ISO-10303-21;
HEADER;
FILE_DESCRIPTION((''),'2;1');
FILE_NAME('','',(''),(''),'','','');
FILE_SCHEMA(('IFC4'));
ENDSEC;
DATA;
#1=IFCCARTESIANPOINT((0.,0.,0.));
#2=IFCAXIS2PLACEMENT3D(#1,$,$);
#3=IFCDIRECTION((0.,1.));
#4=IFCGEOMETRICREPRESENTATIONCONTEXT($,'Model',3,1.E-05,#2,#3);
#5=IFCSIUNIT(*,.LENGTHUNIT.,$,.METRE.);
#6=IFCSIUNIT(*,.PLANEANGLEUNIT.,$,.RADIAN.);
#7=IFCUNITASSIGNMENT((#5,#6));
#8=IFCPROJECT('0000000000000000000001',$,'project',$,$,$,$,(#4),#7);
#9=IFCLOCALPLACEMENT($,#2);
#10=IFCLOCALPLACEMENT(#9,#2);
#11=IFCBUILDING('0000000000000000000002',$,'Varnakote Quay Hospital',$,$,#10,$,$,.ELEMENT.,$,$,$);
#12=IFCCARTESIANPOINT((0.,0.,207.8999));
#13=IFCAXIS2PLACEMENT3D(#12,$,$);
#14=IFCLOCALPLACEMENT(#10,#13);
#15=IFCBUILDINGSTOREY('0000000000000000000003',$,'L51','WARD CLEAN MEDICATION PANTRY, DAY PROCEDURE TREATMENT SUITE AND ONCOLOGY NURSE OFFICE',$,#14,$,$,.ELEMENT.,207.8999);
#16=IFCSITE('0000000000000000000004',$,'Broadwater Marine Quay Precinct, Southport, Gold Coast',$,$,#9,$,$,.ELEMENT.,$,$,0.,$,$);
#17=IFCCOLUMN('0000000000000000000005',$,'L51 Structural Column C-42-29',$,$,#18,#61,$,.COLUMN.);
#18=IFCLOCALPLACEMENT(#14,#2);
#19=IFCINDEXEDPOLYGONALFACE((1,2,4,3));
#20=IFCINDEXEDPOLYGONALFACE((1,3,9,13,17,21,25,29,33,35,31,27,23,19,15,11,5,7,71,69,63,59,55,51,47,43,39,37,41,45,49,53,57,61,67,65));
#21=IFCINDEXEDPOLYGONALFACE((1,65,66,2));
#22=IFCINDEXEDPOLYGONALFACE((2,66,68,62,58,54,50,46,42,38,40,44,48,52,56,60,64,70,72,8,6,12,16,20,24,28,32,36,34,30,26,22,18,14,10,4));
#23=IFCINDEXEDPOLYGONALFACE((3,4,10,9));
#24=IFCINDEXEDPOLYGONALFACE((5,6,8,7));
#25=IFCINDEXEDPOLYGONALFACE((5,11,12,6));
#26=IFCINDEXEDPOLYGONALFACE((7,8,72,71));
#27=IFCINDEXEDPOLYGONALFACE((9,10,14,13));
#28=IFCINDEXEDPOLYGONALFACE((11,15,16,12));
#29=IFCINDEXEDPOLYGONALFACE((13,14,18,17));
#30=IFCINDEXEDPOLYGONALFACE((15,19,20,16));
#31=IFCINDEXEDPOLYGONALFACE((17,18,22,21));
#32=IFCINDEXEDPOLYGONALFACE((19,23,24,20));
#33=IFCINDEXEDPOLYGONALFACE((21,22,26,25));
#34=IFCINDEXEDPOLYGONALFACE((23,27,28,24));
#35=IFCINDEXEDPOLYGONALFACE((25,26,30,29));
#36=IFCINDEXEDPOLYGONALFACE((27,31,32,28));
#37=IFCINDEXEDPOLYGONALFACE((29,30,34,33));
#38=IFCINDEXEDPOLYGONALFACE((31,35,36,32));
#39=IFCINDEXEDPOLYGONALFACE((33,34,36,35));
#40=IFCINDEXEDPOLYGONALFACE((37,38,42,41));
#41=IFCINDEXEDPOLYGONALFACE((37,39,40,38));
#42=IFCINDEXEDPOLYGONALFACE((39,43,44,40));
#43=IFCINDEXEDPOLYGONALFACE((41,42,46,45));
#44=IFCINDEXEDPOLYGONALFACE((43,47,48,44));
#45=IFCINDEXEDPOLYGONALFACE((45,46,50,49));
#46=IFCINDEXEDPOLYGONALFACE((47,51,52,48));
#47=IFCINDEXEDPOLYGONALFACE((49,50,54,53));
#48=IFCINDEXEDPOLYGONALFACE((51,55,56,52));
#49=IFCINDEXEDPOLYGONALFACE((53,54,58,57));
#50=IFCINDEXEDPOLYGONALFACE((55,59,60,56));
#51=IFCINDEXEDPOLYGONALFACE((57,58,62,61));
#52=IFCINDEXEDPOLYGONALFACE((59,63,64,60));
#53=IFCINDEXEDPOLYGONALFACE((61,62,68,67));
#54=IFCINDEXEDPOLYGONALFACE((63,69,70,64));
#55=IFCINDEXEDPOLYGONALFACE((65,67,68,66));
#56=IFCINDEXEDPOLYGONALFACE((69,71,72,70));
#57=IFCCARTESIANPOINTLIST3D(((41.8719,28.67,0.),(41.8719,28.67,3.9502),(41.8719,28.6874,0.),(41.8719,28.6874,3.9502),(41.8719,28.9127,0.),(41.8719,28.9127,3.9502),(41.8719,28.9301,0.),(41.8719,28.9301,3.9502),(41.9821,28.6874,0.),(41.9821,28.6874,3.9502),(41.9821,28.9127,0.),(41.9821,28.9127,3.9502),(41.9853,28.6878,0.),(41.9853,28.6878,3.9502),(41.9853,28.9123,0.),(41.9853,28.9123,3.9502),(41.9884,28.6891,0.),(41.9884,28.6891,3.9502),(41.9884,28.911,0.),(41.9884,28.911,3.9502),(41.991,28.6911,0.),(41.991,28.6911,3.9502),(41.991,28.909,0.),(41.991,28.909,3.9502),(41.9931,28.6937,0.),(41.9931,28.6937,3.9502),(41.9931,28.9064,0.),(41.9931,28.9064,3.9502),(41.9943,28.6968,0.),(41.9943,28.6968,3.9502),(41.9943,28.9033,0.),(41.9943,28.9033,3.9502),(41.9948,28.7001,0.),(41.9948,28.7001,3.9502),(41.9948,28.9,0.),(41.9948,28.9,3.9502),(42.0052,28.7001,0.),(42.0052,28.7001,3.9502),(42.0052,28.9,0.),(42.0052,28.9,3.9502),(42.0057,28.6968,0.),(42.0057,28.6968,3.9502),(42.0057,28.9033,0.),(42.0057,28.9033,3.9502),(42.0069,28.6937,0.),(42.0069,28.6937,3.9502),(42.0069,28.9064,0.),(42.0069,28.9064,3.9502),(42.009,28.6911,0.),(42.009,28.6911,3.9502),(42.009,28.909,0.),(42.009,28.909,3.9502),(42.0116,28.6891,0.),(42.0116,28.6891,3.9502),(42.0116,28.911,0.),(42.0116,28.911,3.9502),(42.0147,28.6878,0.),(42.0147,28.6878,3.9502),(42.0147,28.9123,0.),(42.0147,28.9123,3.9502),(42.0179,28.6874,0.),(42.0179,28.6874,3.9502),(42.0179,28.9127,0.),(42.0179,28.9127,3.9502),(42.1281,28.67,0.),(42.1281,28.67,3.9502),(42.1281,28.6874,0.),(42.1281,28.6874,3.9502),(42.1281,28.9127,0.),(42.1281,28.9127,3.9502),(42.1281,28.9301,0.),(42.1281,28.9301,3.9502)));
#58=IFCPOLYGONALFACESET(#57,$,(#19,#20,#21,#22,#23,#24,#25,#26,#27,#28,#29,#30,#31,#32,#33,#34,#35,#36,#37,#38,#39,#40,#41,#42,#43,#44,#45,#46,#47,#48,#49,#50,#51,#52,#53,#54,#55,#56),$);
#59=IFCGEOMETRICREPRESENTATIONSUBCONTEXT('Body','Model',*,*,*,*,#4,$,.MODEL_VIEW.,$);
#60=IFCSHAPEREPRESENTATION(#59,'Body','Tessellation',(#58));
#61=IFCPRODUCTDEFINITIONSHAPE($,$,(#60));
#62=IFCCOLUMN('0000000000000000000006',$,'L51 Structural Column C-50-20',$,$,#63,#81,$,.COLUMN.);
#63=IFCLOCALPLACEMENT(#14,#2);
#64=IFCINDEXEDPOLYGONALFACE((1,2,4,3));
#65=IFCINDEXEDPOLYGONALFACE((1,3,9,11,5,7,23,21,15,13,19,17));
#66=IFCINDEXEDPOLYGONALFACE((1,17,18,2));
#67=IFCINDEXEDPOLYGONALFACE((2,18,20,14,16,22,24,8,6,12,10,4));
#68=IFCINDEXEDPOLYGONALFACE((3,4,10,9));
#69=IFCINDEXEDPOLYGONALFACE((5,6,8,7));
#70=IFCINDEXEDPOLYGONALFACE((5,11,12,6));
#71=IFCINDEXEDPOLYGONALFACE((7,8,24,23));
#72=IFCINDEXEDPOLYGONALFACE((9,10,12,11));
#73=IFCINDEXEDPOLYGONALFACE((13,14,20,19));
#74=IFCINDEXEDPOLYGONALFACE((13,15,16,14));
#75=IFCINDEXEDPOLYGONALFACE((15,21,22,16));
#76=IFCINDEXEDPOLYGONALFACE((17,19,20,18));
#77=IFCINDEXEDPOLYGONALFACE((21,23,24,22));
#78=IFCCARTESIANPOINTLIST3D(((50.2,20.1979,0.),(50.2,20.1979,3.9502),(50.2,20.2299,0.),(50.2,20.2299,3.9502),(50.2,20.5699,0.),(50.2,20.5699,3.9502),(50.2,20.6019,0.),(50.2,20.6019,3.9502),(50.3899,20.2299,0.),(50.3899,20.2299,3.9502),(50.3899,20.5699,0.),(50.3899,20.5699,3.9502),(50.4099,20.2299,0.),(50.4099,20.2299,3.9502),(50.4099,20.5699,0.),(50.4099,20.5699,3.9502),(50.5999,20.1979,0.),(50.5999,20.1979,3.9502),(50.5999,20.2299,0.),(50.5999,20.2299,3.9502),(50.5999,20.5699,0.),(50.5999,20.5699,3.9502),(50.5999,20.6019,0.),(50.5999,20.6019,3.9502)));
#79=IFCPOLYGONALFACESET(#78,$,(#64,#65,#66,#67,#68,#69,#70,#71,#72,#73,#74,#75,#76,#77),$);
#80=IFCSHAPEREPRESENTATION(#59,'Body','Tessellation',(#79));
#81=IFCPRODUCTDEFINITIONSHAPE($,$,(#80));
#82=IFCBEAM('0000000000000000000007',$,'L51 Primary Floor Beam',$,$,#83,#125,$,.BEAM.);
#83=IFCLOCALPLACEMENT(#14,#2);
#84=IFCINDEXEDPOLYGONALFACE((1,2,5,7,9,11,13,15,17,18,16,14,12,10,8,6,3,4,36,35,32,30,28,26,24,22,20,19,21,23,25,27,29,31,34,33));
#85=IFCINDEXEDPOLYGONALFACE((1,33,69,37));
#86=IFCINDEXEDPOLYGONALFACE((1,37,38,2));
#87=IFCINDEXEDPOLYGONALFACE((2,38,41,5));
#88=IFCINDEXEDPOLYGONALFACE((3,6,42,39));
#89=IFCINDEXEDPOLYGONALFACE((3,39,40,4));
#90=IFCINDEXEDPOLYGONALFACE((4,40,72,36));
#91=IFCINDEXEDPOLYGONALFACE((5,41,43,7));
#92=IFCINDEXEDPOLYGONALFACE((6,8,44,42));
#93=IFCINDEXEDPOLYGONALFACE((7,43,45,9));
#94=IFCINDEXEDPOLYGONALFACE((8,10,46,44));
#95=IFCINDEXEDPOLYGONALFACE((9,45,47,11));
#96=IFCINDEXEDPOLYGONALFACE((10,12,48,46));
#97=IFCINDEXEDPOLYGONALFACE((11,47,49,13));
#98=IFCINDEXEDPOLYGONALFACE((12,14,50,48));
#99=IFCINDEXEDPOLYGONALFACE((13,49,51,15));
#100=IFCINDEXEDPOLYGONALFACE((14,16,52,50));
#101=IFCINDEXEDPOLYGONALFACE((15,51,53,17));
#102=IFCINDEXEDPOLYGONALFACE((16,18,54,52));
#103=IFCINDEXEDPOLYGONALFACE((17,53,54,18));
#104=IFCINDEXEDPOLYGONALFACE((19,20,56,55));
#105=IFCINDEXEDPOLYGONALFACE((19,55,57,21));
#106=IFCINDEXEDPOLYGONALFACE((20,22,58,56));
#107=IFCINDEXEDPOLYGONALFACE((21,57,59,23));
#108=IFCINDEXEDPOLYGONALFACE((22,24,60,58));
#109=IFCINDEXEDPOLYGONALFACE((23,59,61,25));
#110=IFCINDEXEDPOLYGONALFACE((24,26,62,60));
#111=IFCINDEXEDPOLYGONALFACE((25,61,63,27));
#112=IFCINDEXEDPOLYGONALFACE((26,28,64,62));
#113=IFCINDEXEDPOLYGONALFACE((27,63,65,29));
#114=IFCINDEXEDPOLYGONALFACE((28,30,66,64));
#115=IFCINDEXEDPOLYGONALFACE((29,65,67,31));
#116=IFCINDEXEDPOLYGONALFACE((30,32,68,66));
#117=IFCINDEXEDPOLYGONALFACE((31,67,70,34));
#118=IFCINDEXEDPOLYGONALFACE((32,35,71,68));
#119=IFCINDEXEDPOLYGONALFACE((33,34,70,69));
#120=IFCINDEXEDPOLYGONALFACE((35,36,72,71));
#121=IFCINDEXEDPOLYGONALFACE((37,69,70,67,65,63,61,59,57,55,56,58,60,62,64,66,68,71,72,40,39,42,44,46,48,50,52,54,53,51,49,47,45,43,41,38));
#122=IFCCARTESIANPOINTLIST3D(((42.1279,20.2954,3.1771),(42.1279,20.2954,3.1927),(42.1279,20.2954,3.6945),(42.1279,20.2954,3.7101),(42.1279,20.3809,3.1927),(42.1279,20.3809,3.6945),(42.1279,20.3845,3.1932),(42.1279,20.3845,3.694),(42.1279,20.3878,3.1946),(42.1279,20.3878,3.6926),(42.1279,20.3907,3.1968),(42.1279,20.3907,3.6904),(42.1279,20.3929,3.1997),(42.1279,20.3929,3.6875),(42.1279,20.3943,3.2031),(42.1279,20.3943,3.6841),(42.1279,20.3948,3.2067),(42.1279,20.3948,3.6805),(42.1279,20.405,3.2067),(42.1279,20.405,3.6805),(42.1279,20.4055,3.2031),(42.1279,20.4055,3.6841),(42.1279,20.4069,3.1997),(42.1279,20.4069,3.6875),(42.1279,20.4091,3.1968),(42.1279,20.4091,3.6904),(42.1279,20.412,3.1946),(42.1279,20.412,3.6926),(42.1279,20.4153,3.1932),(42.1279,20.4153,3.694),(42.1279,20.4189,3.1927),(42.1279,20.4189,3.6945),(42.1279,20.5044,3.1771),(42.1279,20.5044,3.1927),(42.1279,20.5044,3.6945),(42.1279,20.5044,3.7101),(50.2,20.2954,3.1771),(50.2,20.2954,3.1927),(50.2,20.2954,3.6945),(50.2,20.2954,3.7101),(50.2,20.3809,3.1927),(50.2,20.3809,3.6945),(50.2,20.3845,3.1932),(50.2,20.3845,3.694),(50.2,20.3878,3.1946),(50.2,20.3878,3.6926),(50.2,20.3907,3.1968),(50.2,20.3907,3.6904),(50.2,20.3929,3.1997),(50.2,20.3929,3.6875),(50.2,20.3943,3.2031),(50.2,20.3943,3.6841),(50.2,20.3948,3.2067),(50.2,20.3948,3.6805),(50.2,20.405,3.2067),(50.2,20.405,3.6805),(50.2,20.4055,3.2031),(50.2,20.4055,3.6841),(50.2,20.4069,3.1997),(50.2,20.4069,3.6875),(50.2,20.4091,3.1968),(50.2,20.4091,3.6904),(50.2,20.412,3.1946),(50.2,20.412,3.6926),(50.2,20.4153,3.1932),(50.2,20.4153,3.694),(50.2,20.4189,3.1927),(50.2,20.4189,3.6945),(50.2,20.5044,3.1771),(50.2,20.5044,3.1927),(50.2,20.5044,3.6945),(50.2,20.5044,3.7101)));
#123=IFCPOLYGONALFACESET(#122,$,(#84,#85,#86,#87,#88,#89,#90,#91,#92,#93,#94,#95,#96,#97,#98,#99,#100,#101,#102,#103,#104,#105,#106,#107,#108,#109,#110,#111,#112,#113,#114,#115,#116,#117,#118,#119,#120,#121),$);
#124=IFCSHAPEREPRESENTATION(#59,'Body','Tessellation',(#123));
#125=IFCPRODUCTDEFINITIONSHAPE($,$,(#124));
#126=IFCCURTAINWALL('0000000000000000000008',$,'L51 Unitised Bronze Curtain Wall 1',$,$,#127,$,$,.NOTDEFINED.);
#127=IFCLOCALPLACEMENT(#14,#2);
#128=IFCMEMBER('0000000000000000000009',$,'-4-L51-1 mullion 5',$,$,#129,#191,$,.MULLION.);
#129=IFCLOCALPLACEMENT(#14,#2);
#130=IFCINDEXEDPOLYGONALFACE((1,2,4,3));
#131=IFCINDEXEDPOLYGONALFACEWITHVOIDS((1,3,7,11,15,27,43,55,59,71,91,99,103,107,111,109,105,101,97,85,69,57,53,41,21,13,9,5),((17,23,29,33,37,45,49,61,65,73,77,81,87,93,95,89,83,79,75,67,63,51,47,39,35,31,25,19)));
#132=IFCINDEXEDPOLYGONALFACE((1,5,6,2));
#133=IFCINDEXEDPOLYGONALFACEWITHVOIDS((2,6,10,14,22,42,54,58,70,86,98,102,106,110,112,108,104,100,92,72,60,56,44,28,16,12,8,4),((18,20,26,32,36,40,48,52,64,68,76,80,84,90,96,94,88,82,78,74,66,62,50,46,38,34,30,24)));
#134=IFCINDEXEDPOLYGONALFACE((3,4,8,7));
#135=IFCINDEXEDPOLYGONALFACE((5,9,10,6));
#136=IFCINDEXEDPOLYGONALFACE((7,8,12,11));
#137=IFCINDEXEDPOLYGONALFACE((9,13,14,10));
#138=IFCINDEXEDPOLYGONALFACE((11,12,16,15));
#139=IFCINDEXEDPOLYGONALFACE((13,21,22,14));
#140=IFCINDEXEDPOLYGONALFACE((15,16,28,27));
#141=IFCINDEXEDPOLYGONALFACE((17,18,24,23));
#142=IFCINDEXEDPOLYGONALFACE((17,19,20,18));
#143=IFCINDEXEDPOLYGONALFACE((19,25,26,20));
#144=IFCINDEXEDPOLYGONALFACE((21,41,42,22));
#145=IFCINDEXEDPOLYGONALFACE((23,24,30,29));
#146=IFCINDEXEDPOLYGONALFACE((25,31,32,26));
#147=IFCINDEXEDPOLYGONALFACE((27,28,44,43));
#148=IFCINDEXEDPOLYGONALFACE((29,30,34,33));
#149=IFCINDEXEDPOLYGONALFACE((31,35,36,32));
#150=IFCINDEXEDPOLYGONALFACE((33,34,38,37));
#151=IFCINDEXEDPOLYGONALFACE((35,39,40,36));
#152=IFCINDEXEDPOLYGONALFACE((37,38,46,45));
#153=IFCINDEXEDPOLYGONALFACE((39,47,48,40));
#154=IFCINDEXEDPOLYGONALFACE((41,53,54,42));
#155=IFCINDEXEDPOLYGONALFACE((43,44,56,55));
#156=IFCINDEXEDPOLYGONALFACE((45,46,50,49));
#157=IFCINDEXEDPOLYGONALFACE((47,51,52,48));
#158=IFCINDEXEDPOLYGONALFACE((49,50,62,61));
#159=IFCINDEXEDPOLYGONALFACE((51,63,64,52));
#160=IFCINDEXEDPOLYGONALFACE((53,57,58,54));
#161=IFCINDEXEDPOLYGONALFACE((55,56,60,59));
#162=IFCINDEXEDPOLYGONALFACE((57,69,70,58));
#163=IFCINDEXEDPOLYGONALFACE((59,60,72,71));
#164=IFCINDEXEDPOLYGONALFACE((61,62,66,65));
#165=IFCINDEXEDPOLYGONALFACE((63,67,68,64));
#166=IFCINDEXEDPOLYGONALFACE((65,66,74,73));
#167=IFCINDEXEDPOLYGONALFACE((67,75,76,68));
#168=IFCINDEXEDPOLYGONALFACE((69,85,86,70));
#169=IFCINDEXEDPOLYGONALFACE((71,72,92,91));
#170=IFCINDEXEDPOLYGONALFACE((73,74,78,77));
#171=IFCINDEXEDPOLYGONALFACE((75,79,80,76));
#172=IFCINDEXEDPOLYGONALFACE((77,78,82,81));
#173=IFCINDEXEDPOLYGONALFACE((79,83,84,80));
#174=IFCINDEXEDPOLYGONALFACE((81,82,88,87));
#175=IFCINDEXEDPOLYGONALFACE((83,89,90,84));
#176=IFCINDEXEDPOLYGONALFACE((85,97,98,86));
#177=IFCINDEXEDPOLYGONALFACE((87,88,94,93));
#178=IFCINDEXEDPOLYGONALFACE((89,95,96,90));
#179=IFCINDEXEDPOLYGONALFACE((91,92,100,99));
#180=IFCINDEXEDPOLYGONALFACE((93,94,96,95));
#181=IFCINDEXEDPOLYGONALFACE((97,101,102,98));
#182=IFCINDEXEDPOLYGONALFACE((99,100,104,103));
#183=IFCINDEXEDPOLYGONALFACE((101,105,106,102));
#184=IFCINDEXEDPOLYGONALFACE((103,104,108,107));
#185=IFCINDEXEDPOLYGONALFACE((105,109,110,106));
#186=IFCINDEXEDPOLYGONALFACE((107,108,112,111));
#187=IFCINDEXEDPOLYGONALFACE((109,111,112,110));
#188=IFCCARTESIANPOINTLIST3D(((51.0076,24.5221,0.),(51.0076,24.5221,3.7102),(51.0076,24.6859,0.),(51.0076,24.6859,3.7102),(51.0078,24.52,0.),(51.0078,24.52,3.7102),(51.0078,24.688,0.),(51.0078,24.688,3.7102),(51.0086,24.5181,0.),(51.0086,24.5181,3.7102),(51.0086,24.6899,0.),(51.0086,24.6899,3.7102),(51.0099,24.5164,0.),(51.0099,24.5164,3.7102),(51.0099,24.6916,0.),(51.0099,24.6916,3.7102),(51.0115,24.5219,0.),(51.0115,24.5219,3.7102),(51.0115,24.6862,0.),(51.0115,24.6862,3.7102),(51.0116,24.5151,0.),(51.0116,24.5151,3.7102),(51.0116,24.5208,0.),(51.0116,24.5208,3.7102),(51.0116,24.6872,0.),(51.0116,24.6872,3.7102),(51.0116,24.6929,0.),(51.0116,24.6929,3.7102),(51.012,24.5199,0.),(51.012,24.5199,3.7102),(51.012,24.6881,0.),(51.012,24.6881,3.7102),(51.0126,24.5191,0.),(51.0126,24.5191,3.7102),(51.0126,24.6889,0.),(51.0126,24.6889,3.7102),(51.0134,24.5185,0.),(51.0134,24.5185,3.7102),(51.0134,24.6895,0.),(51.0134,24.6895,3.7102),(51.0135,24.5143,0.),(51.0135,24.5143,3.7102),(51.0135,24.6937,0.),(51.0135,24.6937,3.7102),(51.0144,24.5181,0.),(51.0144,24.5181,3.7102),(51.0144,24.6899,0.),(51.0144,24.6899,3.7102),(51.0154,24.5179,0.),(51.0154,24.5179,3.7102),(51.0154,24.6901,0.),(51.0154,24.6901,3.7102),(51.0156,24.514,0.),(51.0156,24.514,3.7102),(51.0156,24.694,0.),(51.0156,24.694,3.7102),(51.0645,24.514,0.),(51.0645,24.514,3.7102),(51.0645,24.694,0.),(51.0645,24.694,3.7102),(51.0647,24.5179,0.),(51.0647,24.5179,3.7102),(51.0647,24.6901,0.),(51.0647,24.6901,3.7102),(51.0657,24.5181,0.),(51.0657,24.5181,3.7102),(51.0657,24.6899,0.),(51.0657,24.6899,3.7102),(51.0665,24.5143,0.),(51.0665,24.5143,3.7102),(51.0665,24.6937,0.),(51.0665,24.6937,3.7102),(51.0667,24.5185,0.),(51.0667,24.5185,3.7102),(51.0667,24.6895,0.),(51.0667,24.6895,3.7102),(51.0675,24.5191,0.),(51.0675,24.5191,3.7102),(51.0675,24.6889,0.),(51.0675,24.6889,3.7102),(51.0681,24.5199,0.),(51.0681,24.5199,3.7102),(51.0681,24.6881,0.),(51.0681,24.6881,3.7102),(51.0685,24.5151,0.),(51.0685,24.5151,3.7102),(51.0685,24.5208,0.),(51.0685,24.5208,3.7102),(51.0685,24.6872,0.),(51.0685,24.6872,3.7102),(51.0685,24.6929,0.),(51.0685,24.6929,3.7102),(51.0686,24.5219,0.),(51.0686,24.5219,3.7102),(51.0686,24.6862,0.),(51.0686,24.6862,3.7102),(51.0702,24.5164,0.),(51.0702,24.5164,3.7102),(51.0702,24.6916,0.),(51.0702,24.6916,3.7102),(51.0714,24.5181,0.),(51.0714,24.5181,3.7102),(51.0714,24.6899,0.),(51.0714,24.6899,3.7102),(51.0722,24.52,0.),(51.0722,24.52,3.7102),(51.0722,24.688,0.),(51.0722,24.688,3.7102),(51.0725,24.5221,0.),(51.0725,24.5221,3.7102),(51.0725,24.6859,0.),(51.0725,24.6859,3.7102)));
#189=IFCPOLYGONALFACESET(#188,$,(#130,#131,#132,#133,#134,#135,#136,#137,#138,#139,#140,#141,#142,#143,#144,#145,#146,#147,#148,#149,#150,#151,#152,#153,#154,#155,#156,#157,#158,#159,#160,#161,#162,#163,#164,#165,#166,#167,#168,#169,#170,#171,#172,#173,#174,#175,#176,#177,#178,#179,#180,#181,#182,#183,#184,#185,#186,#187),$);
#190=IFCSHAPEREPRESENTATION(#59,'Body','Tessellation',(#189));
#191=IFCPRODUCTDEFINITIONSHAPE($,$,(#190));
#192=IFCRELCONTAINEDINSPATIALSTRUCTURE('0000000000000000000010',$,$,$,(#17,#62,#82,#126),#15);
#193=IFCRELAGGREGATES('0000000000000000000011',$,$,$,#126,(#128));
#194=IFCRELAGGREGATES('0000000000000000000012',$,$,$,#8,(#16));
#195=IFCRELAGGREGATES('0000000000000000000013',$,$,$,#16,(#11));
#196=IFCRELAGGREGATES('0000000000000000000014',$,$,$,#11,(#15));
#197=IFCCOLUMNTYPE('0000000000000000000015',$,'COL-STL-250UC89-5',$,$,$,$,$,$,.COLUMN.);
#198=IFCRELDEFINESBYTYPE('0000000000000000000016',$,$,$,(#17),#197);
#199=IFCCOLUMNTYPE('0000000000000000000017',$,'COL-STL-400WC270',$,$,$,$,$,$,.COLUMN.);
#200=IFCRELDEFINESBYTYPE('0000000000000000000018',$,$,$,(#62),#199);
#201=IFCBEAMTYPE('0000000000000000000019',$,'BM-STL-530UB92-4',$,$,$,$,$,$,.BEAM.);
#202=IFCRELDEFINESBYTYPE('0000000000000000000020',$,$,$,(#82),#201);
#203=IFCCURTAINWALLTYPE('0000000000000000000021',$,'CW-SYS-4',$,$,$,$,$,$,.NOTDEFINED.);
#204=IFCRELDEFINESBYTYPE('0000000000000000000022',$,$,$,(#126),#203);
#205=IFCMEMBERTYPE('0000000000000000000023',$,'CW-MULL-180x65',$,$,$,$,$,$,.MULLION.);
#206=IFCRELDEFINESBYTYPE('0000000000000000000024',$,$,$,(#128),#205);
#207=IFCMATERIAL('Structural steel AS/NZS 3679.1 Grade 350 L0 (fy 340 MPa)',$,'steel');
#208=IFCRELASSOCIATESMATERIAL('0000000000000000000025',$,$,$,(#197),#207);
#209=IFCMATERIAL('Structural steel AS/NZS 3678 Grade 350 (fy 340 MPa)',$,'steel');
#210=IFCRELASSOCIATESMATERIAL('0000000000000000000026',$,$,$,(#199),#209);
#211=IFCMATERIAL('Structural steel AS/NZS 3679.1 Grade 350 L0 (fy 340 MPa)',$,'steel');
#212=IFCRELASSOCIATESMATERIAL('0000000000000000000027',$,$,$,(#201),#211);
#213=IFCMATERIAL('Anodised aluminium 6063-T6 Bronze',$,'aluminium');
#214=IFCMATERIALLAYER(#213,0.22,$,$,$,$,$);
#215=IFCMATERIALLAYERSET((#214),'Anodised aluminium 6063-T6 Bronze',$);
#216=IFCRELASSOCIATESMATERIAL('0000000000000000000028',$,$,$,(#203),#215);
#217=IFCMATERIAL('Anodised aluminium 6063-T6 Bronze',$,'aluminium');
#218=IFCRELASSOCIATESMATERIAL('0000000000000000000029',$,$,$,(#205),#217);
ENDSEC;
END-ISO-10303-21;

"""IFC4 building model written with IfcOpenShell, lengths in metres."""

from ifc_helpers import new_model, si_unit, direction, frame, origin, origin_2d, place, context, subcontext, project, spatial, hollow_rectangle, i_section, extrude, material, layer, layer_set, material_profile, profile_set, type_object, element, aggregate, save


model = new_model("IFC4")

# Units and contexts
model_context = context("Model", 3, precision=1e-05, world=origin(), true_north=direction((0.0, 1.0)))
body_context = subcontext(model_context, "Body", "Model", "MODEL_VIEW")
ifc_project = project(units=[si_unit("LENGTHUNIT", "METRE"), si_unit("PLANEANGLEUNIT", "RADIAN")], contexts=[model_context])

# Site, building, storey
site_placement = place(None, origin())
site = spatial("IfcSite", under=ifc_project, at=site_placement, Name="Broadwater Marine Quay Precinct, Southport, Gold Coast", CompositionType="ELEMENT", RefElevation=0.0)
building_placement = place(site_placement, origin())
building = spatial("IfcBuilding", under=site, at=building_placement, Name="Varnakote Quay Hospital", CompositionType="ELEMENT")
storey_placement = place(building_placement, frame((0.0, 0.0, 207.8999)))
storey = spatial("IfcBuildingStorey", under=building, at=storey_placement, Name="L51", Description="WARD CLEAN MEDICATION PANTRY, DAY PROCEDURE TREATMENT SUITE AND ONCOLOGY NURSE OFFICE", CompositionType="ELEMENT", Elevation=207.8999)

# Columns
ifc_material_1 = material(Name="Structural steel AS/NZS 3679.1 Grade 350 L0 (fy 340 MPa)", Category="steel")
ifc_material_profile_1 = material_profile(ifc_material_1, i_section(OverallWidth=0.2561, OverallDepth=0.26, WebThickness=0.0105, FlangeThickness=0.0173, FilletRadius=0.0127, at=origin_2d()), Name="250UC89.5")
ifc_profile_set_1 = profile_set([ifc_material_profile_1], Name="Structural steel AS/NZS 3679.1 Grade 350 L0 (fy 340 MPa)")
column_type_1 = type_object("IfcColumnType", Name="COL-STL-250UC89-5", PredefinedType="COLUMN", material=ifc_profile_set_1)
column_1_placement = place(storey_placement, frame((42.0, 28.8, 0.0), z_axis=(0.0, 0.0, 1.0), x_axis=(1.0, 0.0, 0.0)))
element("IfcColumn", 1, at=column_1_placement, inside=storey, type_object=column_type_1, Name="L51 Structural Column C-42-29", PredefinedType="COLUMN", context=body_context, shape_type="SweptSolid", body=[
    extrude(i_section(OverallWidth=0.2561, OverallDepth=0.26, WebThickness=0.0105, FlangeThickness=0.0173, FilletRadius=0.0127, at=origin_2d()), origin(), (0.0, 0.0, 1.0), 3.9502),
])
ifc_material_2 = material(Name="Structural steel AS/NZS 3678 Grade 350 (fy 340 MPa)", Category="steel")
ifc_material_profile_2 = material_profile(ifc_material_2, i_section(OverallWidth=0.3999, OverallDepth=0.4041, WebThickness=0.02, FlangeThickness=0.032, at=origin_2d()), Name="400WC270")
ifc_profile_set_2 = profile_set([ifc_material_profile_2], Name="Structural steel AS/NZS 3678 Grade 350 (fy 340 MPa)")
column_type_2 = type_object("IfcColumnType", Name="COL-STL-400WC270", PredefinedType="COLUMN", material=ifc_profile_set_2)
column_2_placement = place(storey_placement, frame((50.3999, 20.3999, 0.0), z_axis=(0.0, 0.0, 1.0), x_axis=(1.0, 0.0, 0.0)))
element("IfcColumn", 2, at=column_2_placement, inside=storey, type_object=column_type_2, Name="L51 Structural Column C-50-20", PredefinedType="COLUMN", context=body_context, shape_type="SweptSolid", body=[
    extrude(i_section(OverallWidth=0.3999, OverallDepth=0.4041, WebThickness=0.02, FlangeThickness=0.032, at=origin_2d()), origin(), (0.0, 0.0, 1.0), 3.9502),
])

# Beam
ifc_material_3 = material(Name="Structural steel AS/NZS 3679.1 Grade 350 L0 (fy 340 MPa)", Category="steel")
ifc_material_profile_3 = material_profile(ifc_material_3, i_section(OverallWidth=0.209, OverallDepth=0.533, WebThickness=0.0103, FlangeThickness=0.0156, FilletRadius=0.0139, at=origin_2d()), Name="530UB92.4")
ifc_profile_set_3 = profile_set([ifc_material_profile_3], Name="Structural steel AS/NZS 3679.1 Grade 350 L0 (fy 340 MPa)")
beam_type = type_object("IfcBeamType", Name="BM-STL-530UB92-4", PredefinedType="BEAM", material=ifc_profile_set_3)
beam_placement = place(storey_placement, frame((42.1279, 20.3999, 3.4436), z_axis=(1.0, 0.0, 0.0), x_axis=(0.0, 1.0, 0.0)))
element("IfcBeam", 3, at=beam_placement, inside=storey, type_object=beam_type, Name="L51 Primary Floor Beam", PredefinedType="BEAM", context=body_context, shape_type="SweptSolid", body=[
    extrude(i_section(OverallWidth=0.209, OverallDepth=0.533, WebThickness=0.0103, FlangeThickness=0.0156, FilletRadius=0.0139, at=origin_2d()), origin(), (0.0, 0.0, 1.0), 8.072),
])

# Curtain wall, member
ifc_material_4 = material(Name="Anodised aluminium 6063-T6 Bronze", Category="aluminium")
ifc_layer_1 = layer(ifc_material_4, 0.22)
ifc_layer_set_1 = layer_set([ifc_layer_1], Name="Anodised aluminium 6063-T6 Bronze")
curtain_wall_type = type_object("IfcCurtainWallType", Name="CW-SYS-4", PredefinedType="NOTDEFINED", material=ifc_layer_set_1)
curtain_wall_1_placement = place(storey_placement, origin())
curtain_wall_1 = element("IfcCurtainWall", 4, at=curtain_wall_1_placement, inside=storey, type_object=curtain_wall_type, Name="L51 Unitised Bronze Curtain Wall 1", PredefinedType="NOTDEFINED")
ifc_material_5 = material(Name="Anodised aluminium 6063-T6 Bronze", Category="aluminium")
ifc_material_profile_4 = material_profile(ifc_material_5, hollow_rectangle(XDim=0.0649, YDim=0.1799, WallThickness=0.0039, InnerFilletRadius=0.0039, OuterFilletRadius=0.0081, at=origin_2d()), Name="CW-MULL-180x65")
ifc_profile_set_4 = profile_set([ifc_material_profile_4], Name="Anodised aluminium 6063-T6 Bronze")
member_type_1 = type_object("IfcMemberType", Name="CW-MULL-180x65", PredefinedType="MULLION", material=ifc_profile_set_4)
member_1_placement = place(storey_placement, frame((51.04, 24.604, 0.0), z_axis=(0.0, 0.0, 1.0), x_axis=(-1.0, 0.0, 0.0)))
member_1 = element("IfcMember", 5, at=member_1_placement, type_object=member_type_1, Name="-4-L51-1 mullion 5", PredefinedType="MULLION", context=body_context, shape_type="SweptSolid", body=[
    extrude(hollow_rectangle(XDim=0.0649, YDim=0.1799, WallThickness=0.0039, InnerFilletRadius=0.0039, OuterFilletRadius=0.0081, at=origin_2d()), origin(), (0.0, 0.0, 1.0), 3.7102),
])

aggregate(curtain_wall_1, [member_1])

save(model, "model.ifc")
